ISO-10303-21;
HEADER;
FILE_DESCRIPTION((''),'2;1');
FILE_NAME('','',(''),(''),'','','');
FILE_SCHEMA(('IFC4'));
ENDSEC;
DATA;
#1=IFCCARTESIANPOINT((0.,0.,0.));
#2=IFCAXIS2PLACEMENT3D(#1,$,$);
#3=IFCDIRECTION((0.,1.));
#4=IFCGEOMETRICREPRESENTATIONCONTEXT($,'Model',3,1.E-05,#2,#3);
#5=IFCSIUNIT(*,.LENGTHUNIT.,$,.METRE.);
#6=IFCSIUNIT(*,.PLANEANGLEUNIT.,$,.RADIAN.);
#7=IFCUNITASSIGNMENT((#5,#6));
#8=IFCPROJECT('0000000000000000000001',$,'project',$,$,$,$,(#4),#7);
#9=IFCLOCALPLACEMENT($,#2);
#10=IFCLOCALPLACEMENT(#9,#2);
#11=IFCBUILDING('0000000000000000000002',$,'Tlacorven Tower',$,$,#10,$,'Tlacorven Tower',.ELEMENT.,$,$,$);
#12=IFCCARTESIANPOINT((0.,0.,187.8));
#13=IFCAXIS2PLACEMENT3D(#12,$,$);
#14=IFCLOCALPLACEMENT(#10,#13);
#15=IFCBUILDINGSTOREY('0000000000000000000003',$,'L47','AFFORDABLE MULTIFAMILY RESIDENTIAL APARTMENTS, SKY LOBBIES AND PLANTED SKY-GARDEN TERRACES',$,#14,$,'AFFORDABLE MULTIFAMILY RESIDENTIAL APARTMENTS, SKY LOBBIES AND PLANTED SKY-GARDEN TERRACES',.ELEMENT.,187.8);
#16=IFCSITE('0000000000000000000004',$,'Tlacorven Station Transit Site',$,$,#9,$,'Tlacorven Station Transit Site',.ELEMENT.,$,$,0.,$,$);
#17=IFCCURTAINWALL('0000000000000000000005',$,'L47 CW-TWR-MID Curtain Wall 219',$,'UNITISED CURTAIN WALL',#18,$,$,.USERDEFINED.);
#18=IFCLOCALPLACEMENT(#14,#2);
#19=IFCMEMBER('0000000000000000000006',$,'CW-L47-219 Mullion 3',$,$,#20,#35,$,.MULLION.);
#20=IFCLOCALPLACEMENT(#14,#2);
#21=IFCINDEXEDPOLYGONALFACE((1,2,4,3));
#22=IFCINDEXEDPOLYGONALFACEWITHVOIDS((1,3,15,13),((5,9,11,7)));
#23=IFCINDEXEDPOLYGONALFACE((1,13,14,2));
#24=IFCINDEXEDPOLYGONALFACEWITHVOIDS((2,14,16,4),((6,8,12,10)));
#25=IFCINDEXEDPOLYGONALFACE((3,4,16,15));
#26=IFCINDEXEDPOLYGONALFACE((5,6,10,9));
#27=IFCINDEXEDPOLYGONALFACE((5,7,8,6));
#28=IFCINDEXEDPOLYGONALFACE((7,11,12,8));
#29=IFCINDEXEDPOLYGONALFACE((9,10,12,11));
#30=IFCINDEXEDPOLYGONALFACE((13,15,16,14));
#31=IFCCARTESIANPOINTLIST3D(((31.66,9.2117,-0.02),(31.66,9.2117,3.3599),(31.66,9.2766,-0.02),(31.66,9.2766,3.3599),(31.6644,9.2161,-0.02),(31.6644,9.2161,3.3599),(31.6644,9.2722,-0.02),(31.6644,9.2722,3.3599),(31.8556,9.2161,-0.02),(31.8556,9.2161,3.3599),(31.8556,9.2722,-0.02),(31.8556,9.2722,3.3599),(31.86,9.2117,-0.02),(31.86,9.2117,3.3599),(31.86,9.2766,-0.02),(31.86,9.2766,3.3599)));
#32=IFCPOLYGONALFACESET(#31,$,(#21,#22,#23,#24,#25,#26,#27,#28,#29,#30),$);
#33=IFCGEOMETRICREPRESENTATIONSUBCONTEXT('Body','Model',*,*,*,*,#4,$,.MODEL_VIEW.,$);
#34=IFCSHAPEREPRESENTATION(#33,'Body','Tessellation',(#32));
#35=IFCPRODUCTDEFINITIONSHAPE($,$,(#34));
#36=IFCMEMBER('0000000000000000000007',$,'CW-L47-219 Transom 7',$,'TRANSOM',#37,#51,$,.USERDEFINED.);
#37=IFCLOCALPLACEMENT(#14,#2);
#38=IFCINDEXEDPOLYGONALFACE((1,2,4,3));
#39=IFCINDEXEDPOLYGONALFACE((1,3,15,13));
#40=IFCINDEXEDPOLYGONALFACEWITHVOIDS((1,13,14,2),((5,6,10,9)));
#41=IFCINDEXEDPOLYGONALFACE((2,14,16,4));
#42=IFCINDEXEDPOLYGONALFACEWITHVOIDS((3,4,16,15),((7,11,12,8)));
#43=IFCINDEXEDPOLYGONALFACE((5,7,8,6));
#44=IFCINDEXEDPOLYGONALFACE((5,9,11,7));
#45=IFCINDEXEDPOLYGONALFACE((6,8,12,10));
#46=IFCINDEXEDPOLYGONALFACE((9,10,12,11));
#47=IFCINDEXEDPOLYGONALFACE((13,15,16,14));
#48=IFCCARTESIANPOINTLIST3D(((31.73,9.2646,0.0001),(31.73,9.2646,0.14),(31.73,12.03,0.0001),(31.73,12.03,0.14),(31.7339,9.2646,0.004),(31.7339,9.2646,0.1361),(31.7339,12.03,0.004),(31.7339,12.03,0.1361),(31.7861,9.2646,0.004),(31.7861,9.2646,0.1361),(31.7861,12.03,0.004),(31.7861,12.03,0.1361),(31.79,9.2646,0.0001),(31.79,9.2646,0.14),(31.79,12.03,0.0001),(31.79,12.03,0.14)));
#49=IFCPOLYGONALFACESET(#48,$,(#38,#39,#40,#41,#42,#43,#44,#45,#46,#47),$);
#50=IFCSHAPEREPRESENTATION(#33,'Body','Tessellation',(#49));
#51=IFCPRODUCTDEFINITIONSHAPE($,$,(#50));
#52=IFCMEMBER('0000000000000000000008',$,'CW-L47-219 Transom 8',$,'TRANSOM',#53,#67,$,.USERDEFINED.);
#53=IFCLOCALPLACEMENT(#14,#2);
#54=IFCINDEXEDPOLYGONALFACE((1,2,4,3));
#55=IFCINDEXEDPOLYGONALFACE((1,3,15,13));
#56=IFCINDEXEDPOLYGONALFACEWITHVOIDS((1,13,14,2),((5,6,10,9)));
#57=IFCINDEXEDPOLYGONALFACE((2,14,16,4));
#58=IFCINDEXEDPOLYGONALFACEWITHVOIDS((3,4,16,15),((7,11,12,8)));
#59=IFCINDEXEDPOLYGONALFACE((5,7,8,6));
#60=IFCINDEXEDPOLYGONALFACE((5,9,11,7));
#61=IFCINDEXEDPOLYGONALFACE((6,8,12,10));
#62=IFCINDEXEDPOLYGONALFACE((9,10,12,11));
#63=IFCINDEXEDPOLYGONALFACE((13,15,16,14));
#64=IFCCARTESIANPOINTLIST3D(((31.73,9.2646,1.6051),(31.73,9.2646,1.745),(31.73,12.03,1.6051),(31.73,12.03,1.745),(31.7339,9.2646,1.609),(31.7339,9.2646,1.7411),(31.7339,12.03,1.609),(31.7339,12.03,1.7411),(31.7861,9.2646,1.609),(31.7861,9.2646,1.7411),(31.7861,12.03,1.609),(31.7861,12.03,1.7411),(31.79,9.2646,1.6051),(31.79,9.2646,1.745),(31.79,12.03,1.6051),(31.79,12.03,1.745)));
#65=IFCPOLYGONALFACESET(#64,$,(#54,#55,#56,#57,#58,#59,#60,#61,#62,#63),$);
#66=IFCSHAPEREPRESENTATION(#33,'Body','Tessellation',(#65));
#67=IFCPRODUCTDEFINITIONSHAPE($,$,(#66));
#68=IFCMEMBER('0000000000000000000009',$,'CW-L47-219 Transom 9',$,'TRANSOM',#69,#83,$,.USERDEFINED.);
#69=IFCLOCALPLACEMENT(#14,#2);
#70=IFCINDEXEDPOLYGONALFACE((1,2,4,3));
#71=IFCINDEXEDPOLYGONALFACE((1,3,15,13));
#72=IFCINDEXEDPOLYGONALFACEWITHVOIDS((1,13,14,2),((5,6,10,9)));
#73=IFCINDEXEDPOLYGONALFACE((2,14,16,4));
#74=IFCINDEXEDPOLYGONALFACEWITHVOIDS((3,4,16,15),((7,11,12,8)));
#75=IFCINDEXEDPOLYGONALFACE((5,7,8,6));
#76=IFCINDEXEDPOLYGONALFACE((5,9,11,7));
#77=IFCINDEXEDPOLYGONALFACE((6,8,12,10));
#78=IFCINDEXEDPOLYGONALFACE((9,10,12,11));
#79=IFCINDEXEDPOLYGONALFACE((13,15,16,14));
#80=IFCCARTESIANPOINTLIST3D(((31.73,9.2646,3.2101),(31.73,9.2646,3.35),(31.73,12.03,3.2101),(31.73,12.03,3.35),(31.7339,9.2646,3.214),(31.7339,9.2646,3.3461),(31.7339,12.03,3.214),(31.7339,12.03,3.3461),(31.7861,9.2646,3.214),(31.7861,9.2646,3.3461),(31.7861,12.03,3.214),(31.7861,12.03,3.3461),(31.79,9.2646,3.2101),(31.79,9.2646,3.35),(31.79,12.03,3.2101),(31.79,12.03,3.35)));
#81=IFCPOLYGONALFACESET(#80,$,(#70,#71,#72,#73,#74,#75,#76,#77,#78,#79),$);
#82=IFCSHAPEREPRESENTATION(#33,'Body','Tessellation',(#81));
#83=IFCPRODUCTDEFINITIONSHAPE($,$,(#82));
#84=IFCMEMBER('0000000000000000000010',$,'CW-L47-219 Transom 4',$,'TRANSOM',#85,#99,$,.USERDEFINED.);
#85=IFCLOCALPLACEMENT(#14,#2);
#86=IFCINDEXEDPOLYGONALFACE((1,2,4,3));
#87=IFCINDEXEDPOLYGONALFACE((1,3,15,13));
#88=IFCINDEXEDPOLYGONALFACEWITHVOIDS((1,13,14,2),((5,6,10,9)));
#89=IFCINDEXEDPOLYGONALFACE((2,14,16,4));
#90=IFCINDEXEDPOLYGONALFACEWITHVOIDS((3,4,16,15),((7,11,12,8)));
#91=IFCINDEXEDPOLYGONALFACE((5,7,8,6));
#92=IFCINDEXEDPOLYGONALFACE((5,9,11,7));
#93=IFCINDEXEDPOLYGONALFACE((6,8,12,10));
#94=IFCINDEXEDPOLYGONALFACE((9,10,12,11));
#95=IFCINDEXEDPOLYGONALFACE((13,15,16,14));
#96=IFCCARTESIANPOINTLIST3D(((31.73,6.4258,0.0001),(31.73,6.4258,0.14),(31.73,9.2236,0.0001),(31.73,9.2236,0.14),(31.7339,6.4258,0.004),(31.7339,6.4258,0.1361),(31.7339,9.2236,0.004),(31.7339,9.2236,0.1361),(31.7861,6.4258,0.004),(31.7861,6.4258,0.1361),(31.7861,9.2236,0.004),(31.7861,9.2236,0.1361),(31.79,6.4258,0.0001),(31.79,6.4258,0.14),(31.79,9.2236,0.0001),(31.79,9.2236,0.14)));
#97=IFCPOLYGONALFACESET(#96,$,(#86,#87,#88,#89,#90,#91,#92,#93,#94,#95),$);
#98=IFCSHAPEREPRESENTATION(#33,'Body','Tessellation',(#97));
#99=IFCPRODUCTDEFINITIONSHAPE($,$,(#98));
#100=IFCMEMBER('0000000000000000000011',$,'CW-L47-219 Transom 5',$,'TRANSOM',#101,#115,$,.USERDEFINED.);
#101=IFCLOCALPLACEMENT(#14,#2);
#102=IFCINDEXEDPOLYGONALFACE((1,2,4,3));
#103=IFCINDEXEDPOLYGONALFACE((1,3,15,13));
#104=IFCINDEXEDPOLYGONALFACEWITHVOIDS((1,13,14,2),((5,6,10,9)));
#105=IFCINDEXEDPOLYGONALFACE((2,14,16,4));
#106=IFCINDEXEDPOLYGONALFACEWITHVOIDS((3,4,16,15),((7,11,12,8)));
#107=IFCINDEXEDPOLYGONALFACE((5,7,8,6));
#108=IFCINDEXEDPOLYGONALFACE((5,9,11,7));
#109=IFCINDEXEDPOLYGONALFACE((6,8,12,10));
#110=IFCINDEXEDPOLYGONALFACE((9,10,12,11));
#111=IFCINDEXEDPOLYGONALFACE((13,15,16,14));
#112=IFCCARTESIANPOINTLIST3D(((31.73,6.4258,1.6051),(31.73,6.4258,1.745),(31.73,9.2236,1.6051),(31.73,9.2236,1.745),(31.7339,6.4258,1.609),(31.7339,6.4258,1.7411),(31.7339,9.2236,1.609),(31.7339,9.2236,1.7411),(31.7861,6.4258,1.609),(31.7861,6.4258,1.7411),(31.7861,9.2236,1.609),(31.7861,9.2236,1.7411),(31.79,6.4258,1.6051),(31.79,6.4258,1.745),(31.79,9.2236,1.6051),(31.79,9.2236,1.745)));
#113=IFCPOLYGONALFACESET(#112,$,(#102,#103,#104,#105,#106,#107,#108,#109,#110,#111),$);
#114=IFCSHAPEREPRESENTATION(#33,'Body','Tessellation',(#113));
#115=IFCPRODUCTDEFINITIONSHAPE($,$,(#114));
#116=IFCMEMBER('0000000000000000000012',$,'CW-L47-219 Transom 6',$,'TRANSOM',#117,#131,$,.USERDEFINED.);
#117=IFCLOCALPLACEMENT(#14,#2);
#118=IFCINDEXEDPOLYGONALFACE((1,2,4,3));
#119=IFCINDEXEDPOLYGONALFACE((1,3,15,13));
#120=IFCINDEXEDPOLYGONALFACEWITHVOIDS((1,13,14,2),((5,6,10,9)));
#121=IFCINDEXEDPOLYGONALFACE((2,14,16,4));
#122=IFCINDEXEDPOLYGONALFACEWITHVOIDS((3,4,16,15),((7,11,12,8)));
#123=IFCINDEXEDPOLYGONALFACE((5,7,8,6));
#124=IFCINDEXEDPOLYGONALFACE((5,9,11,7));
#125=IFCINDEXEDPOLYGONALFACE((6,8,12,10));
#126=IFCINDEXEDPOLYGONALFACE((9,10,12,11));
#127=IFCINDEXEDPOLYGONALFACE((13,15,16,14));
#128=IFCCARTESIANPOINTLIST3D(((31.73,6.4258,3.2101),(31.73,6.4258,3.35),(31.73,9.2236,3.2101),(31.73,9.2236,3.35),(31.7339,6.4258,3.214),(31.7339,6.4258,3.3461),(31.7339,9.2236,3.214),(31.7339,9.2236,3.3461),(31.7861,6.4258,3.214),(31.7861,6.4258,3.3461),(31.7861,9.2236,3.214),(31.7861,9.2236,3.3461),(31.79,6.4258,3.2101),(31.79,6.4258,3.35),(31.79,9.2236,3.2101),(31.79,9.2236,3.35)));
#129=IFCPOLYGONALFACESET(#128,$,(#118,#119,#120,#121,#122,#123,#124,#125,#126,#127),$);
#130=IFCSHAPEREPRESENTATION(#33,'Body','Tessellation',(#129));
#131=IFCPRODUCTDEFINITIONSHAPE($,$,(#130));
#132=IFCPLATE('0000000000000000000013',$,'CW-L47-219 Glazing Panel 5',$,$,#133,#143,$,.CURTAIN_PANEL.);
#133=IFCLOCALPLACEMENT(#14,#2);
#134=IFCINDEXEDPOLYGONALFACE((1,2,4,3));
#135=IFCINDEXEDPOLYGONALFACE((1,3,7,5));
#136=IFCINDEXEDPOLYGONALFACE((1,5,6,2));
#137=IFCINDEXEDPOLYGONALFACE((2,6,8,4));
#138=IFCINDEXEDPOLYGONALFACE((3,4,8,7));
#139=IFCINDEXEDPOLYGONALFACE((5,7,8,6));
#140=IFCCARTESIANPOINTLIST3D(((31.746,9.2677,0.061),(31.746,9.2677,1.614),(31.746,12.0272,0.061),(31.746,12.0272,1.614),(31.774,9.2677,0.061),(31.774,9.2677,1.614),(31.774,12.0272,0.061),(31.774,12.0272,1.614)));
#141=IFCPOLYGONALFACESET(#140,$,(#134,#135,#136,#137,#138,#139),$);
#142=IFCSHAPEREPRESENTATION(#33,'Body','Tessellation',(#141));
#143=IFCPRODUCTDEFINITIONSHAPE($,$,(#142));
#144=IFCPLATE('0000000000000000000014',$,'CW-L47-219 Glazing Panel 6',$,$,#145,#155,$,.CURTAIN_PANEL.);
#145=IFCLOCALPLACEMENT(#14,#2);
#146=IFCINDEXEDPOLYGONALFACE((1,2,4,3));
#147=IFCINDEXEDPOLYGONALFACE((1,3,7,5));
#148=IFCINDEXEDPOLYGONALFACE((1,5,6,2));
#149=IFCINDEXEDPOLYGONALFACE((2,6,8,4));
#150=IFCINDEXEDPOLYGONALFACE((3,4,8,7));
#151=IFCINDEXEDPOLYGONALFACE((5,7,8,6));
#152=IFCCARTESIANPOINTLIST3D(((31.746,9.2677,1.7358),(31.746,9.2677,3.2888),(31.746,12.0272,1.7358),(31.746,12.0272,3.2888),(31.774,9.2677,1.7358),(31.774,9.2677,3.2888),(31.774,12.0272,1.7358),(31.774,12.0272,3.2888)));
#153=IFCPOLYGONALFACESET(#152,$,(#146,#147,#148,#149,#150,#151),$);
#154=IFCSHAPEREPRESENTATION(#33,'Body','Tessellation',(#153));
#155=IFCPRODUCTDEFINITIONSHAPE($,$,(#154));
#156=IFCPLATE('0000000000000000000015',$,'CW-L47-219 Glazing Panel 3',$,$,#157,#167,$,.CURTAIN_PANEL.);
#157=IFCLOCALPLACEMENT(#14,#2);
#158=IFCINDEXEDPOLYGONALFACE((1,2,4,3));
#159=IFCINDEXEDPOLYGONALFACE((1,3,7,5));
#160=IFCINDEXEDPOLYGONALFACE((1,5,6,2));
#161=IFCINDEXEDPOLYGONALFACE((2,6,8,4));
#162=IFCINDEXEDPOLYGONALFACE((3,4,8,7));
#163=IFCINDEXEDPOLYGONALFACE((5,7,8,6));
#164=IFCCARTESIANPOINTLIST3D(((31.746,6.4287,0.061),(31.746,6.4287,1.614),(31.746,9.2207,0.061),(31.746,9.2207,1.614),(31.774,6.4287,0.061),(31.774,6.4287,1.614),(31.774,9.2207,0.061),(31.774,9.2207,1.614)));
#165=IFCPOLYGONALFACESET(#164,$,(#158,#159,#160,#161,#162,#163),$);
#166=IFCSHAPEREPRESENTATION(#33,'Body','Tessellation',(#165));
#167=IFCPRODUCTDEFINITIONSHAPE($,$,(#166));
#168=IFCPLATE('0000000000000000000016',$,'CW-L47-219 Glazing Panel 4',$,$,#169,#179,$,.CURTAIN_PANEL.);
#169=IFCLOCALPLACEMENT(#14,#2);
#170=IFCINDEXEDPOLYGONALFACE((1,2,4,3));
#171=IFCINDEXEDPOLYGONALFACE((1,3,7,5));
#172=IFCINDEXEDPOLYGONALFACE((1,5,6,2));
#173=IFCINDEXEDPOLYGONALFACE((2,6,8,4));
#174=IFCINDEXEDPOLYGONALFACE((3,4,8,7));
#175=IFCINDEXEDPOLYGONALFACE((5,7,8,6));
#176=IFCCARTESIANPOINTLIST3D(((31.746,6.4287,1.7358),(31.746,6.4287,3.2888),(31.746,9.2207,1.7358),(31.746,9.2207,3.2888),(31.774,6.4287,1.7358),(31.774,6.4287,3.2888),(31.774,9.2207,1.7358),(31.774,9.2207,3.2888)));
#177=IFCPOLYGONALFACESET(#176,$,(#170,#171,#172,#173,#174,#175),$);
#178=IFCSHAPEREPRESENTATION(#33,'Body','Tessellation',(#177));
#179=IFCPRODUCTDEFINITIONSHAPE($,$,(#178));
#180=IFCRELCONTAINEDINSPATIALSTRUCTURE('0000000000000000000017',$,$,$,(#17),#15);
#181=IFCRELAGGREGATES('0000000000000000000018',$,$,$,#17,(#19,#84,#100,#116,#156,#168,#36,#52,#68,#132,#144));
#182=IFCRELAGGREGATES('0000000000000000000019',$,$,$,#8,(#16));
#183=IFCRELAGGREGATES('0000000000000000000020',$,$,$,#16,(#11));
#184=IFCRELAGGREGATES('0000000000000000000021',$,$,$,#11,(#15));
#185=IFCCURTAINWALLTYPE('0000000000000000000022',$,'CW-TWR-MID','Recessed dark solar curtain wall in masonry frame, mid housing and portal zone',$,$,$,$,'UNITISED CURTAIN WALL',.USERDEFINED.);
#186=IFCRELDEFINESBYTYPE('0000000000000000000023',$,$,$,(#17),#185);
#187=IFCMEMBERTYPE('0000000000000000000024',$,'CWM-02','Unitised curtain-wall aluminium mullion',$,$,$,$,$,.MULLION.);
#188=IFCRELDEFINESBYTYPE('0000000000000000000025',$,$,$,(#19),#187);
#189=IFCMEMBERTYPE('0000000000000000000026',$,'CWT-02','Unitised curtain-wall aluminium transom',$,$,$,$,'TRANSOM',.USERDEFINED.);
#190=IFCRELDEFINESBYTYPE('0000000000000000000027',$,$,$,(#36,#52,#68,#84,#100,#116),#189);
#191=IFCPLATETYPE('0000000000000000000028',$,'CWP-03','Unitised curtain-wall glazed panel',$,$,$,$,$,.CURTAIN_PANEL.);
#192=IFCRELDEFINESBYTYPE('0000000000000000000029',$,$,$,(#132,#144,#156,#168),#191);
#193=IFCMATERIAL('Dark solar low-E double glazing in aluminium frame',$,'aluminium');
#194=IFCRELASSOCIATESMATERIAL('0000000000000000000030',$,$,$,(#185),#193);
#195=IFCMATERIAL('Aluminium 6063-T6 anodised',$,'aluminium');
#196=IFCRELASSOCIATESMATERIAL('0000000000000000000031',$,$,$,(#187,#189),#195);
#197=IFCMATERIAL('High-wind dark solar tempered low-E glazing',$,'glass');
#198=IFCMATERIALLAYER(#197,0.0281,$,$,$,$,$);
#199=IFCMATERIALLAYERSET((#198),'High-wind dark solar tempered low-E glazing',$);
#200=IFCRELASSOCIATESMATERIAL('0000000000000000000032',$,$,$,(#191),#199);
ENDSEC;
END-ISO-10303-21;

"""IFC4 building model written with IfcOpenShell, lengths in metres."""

from ifc_helpers import new_model, si_unit, direction, frame, origin, origin_2d, place, context, subcontext, project, spatial, rectangle, hollow_rectangle, extrude, source, transform, mapped, material, layer, layer_set, material_profile, profile_set, type_object, element, aggregate, save


model = new_model("IFC4")

# Units and contexts
model_context = context("Model", 3, precision=1e-05, world=origin(), true_north=direction((0.0, 1.0)))
body_context = subcontext(model_context, "Body", "Model", "MODEL_VIEW")
ifc_project = project(units=[si_unit("LENGTHUNIT", "METRE"), si_unit("PLANEANGLEUNIT", "RADIAN")], contexts=[model_context])

# Site, building, storey
site_placement = place(None, origin())
site = spatial("IfcSite", under=ifc_project, at=site_placement, Name="Tlacorven Station Transit Site", LongName="Tlacorven Station Transit Site", CompositionType="ELEMENT", RefElevation=0.0)
building_placement = place(site_placement, origin())
building = spatial("IfcBuilding", under=site, at=building_placement, Name="Tlacorven Tower", LongName="Tlacorven Tower", CompositionType="ELEMENT")
storey_placement = place(building_placement, frame((0.0, 0.0, 187.8)))
storey = spatial("IfcBuildingStorey", under=building, at=storey_placement, Name="L47", Description="AFFORDABLE MULTIFAMILY RESIDENTIAL APARTMENTS, SKY LOBBIES AND PLANTED SKY-GARDEN TERRACES", LongName="AFFORDABLE MULTIFAMILY RESIDENTIAL APARTMENTS, SKY LOBBIES AND PLANTED SKY-GARDEN TERRACES", CompositionType="ELEMENT", Elevation=187.8)

# Curtain wall, members, plates
ifc_material_1 = material(Name="Dark solar low-E double glazing in aluminium frame", Category="aluminium")
curtain_wall_type = type_object("IfcCurtainWallType", Name="CW-TWR-MID", Description="Recessed dark solar curtain wall in masonry frame, mid housing and portal zone", ElementType="UNITISED CURTAIN WALL", PredefinedType="USERDEFINED", material=ifc_material_1)
curtain_wall_placement = place(storey_placement, origin())
curtain_wall = element("IfcCurtainWall", 1, at=curtain_wall_placement, inside=storey, type_object=curtain_wall_type, Name="L47 CW-TWR-MID Curtain Wall 219", ObjectType="UNITISED CURTAIN WALL", PredefinedType="USERDEFINED")
ifc_material_2 = material(Name="Aluminium 6063-T6 anodised", Category="aluminium")
ifc_material_profile_1 = material_profile(ifc_material_2, hollow_rectangle(XDim=0.0649, YDim=0.2, WallThickness=0.0044, at=origin_2d()), Name="ALU MULLION 65X200")
ifc_profile_set_1 = profile_set([ifc_material_profile_1], Name="Aluminium 6063-T6 anodised")
member_type_1 = type_object("IfcMemberType", Name="CWM-02", Description="Unitised curtain-wall aluminium mullion", PredefinedType="MULLION", material=ifc_profile_set_1)
shared_shape_1 = source(origin(), body_context, "Body", "SweptSolid", [
    extrude(hollow_rectangle(XDim=0.0649, YDim=0.2, WallThickness=0.0044, at=origin_2d()), origin(), (0.0, 0.0, 1.0), 3.3799),
])
member_1_placement = place(storey_placement, frame((31.76, 9.2441, -0.02), z_axis=(0.0, 0.0, 1.0), x_axis=(0.0, 1.0, 0.0)))
member_1 = element("IfcMember", 2, at=member_1_placement, type_object=member_type_1, Name="CW-L47-219 Mullion 3", PredefinedType="MULLION", context=body_context, shape_type="MappedRepresentation", body=[
    mapped(shared_shape_1, transform((0.0, 0.0, 0.0), scale=1.0)),
])
ifc_material_profile_2 = material_profile(ifc_material_2, hollow_rectangle(XDim=0.0601, YDim=0.1399, WallThickness=0.0039, at=origin_2d()), Name="ALU TRANSOM 60X140")
ifc_profile_set_2 = profile_set([ifc_material_profile_2], Name="Aluminium 6063-T6 anodised")
member_type_2 = type_object("IfcMemberType", Name="CWT-02", Description="Unitised curtain-wall aluminium transom", ElementType="TRANSOM", PredefinedType="USERDEFINED", material=ifc_profile_set_2)
shared_shape_2 = source(origin(), body_context, "Body", "SweptSolid", [
    extrude(hollow_rectangle(XDim=0.0601, YDim=0.1399, WallThickness=0.0039, at=origin_2d()), origin(), (0.0, 0.0, 1.0), 2.7654),
])
member_2_placement = place(storey_placement, frame((31.76, 9.2646, 0.0701), z_axis=(0.0, 1.0, 0.0), x_axis=(-1.0, 0.0, 0.0)))
member_2 = element("IfcMember", 3, at=member_2_placement, type_object=member_type_2, Name="CW-L47-219 Transom 7", ObjectType="TRANSOM", PredefinedType="USERDEFINED", context=body_context, shape_type="MappedRepresentation", body=[
    mapped(shared_shape_2, transform((0.0, 0.0, 0.0), scale=1.0)),
])
member_3_placement = place(storey_placement, frame((31.76, 9.2646, 1.675), z_axis=(0.0, 1.0, 0.0), x_axis=(-1.0, 0.0, 0.0)))
member_3 = element("IfcMember", 4, at=member_3_placement, type_object=member_type_2, Name="CW-L47-219 Transom 8", ObjectType="TRANSOM", PredefinedType="USERDEFINED", context=body_context, shape_type="MappedRepresentation", body=[
    mapped(shared_shape_2, transform((0.0, 0.0, 0.0), scale=1.0)),
])
member_4_placement = place(storey_placement, frame((31.76, 9.2646, 3.28), z_axis=(0.0, 1.0, 0.0), x_axis=(-1.0, 0.0, 0.0)))
member_4 = element("IfcMember", 5, at=member_4_placement, type_object=member_type_2, Name="CW-L47-219 Transom 9", ObjectType="TRANSOM", PredefinedType="USERDEFINED", context=body_context, shape_type="MappedRepresentation", body=[
    mapped(shared_shape_2, transform((0.0, 0.0, 0.0), scale=1.0)),
])
shared_shape_3 = source(origin(), body_context, "Body", "SweptSolid", [
    extrude(hollow_rectangle(XDim=0.0601, YDim=0.1399, WallThickness=0.0039, at=origin_2d()), origin(), (0.0, 0.0, 1.0), 2.7979),
])
member_5_placement = place(storey_placement, frame((31.76, 6.4258, 0.0701), z_axis=(0.0, 1.0, 0.0), x_axis=(-1.0, 0.0, 0.0)))
member_5 = element("IfcMember", 6, at=member_5_placement, type_object=member_type_2, Name="CW-L47-219 Transom 4", ObjectType="TRANSOM", PredefinedType="USERDEFINED", context=body_context, shape_type="MappedRepresentation", body=[
    mapped(shared_shape_3, transform((0.0, 0.0, 0.0), scale=1.0)),
])
member_6_placement = place(storey_placement, frame((31.76, 6.4258, 1.675), z_axis=(0.0, 1.0, 0.0), x_axis=(-1.0, 0.0, 0.0)))
member_6 = element("IfcMember", 7, at=member_6_placement, type_object=member_type_2, Name="CW-L47-219 Transom 5", ObjectType="TRANSOM", PredefinedType="USERDEFINED", context=body_context, shape_type="MappedRepresentation", body=[
    mapped(shared_shape_3, transform((0.0, 0.0, 0.0), scale=1.0)),
])
member_7_placement = place(storey_placement, frame((31.76, 6.4258, 3.28), z_axis=(0.0, 1.0, 0.0), x_axis=(-1.0, 0.0, 0.0)))
member_7 = element("IfcMember", 8, at=member_7_placement, type_object=member_type_2, Name="CW-L47-219 Transom 6", ObjectType="TRANSOM", PredefinedType="USERDEFINED", context=body_context, shape_type="MappedRepresentation", body=[
    mapped(shared_shape_3, transform((0.0, 0.0, 0.0), scale=1.0)),
])
ifc_material_3 = material(Name="High-wind dark solar tempered low-E glazing", Category="glass")
ifc_layer = layer(ifc_material_3, 0.0281)
ifc_layer_set = layer_set([ifc_layer], Name="High-wind dark solar tempered low-E glazing")
plate_type = type_object("IfcPlateType", Name="CWP-03", Description="Unitised curtain-wall glazed panel", PredefinedType="CURTAIN_PANEL", material=ifc_layer_set)
shared_shape_4 = source(origin(), body_context, "Body", "SweptSolid", [
    extrude(rectangle(XDim=2.7595, YDim=0.0281, at=origin_2d()), origin(), (0.0, 0.0, 1.0), 1.553),
])
plate_1_placement = place(storey_placement, frame((31.76, 10.6475, 0.061), z_axis=(0.0, 0.0, 1.0), x_axis=(0.0, 1.0, 0.0)))
plate_1 = element("IfcPlate", 9, at=plate_1_placement, type_object=plate_type, Name="CW-L47-219 Glazing Panel 5", PredefinedType="CURTAIN_PANEL", context=body_context, shape_type="MappedRepresentation", body=[
    mapped(shared_shape_4, transform((0.0, 0.0, 0.0), scale=1.0)),
])
plate_2_placement = place(storey_placement, frame((31.76, 10.6475, 1.7358), z_axis=(0.0, 0.0, 1.0), x_axis=(0.0, 1.0, 0.0)))
plate_2 = element("IfcPlate", 10, at=plate_2_placement, type_object=plate_type, Name="CW-L47-219 Glazing Panel 6", PredefinedType="CURTAIN_PANEL", context=body_context, shape_type="MappedRepresentation", body=[
    mapped(shared_shape_4, transform((0.0, 0.0, 0.0), scale=1.0)),
])
shared_shape_5 = source(origin(), body_context, "Body", "SweptSolid", [
    extrude(rectangle(XDim=2.792, YDim=0.0281, at=origin_2d()), origin(), (0.0, 0.0, 1.0), 1.553),
])
plate_3_placement = place(storey_placement, frame((31.76, 7.8247, 0.061), z_axis=(0.0, 0.0, 1.0), x_axis=(0.0, 1.0, 0.0)))
plate_3 = element("IfcPlate", 11, at=plate_3_placement, type_object=plate_type, Name="CW-L47-219 Glazing Panel 3", PredefinedType="CURTAIN_PANEL", context=body_context, shape_type="MappedRepresentation", body=[
    mapped(shared_shape_5, transform((0.0, 0.0, 0.0), scale=1.0)),
])
plate_4_placement = place(storey_placement, frame((31.76, 7.8247, 1.7358), z_axis=(0.0, 0.0, 1.0), x_axis=(0.0, 1.0, 0.0)))
plate_4 = element("IfcPlate", 12, at=plate_4_placement, type_object=plate_type, Name="CW-L47-219 Glazing Panel 4", PredefinedType="CURTAIN_PANEL", context=body_context, shape_type="MappedRepresentation", body=[
    mapped(shared_shape_5, transform((0.0, 0.0, 0.0), scale=1.0)),
])
aggregate(curtain_wall, [member_1, member_5, member_6, member_7, plate_3, plate_4, member_2, member_3, member_4, plate_1, plate_2])

save(model, "model.ifc")
